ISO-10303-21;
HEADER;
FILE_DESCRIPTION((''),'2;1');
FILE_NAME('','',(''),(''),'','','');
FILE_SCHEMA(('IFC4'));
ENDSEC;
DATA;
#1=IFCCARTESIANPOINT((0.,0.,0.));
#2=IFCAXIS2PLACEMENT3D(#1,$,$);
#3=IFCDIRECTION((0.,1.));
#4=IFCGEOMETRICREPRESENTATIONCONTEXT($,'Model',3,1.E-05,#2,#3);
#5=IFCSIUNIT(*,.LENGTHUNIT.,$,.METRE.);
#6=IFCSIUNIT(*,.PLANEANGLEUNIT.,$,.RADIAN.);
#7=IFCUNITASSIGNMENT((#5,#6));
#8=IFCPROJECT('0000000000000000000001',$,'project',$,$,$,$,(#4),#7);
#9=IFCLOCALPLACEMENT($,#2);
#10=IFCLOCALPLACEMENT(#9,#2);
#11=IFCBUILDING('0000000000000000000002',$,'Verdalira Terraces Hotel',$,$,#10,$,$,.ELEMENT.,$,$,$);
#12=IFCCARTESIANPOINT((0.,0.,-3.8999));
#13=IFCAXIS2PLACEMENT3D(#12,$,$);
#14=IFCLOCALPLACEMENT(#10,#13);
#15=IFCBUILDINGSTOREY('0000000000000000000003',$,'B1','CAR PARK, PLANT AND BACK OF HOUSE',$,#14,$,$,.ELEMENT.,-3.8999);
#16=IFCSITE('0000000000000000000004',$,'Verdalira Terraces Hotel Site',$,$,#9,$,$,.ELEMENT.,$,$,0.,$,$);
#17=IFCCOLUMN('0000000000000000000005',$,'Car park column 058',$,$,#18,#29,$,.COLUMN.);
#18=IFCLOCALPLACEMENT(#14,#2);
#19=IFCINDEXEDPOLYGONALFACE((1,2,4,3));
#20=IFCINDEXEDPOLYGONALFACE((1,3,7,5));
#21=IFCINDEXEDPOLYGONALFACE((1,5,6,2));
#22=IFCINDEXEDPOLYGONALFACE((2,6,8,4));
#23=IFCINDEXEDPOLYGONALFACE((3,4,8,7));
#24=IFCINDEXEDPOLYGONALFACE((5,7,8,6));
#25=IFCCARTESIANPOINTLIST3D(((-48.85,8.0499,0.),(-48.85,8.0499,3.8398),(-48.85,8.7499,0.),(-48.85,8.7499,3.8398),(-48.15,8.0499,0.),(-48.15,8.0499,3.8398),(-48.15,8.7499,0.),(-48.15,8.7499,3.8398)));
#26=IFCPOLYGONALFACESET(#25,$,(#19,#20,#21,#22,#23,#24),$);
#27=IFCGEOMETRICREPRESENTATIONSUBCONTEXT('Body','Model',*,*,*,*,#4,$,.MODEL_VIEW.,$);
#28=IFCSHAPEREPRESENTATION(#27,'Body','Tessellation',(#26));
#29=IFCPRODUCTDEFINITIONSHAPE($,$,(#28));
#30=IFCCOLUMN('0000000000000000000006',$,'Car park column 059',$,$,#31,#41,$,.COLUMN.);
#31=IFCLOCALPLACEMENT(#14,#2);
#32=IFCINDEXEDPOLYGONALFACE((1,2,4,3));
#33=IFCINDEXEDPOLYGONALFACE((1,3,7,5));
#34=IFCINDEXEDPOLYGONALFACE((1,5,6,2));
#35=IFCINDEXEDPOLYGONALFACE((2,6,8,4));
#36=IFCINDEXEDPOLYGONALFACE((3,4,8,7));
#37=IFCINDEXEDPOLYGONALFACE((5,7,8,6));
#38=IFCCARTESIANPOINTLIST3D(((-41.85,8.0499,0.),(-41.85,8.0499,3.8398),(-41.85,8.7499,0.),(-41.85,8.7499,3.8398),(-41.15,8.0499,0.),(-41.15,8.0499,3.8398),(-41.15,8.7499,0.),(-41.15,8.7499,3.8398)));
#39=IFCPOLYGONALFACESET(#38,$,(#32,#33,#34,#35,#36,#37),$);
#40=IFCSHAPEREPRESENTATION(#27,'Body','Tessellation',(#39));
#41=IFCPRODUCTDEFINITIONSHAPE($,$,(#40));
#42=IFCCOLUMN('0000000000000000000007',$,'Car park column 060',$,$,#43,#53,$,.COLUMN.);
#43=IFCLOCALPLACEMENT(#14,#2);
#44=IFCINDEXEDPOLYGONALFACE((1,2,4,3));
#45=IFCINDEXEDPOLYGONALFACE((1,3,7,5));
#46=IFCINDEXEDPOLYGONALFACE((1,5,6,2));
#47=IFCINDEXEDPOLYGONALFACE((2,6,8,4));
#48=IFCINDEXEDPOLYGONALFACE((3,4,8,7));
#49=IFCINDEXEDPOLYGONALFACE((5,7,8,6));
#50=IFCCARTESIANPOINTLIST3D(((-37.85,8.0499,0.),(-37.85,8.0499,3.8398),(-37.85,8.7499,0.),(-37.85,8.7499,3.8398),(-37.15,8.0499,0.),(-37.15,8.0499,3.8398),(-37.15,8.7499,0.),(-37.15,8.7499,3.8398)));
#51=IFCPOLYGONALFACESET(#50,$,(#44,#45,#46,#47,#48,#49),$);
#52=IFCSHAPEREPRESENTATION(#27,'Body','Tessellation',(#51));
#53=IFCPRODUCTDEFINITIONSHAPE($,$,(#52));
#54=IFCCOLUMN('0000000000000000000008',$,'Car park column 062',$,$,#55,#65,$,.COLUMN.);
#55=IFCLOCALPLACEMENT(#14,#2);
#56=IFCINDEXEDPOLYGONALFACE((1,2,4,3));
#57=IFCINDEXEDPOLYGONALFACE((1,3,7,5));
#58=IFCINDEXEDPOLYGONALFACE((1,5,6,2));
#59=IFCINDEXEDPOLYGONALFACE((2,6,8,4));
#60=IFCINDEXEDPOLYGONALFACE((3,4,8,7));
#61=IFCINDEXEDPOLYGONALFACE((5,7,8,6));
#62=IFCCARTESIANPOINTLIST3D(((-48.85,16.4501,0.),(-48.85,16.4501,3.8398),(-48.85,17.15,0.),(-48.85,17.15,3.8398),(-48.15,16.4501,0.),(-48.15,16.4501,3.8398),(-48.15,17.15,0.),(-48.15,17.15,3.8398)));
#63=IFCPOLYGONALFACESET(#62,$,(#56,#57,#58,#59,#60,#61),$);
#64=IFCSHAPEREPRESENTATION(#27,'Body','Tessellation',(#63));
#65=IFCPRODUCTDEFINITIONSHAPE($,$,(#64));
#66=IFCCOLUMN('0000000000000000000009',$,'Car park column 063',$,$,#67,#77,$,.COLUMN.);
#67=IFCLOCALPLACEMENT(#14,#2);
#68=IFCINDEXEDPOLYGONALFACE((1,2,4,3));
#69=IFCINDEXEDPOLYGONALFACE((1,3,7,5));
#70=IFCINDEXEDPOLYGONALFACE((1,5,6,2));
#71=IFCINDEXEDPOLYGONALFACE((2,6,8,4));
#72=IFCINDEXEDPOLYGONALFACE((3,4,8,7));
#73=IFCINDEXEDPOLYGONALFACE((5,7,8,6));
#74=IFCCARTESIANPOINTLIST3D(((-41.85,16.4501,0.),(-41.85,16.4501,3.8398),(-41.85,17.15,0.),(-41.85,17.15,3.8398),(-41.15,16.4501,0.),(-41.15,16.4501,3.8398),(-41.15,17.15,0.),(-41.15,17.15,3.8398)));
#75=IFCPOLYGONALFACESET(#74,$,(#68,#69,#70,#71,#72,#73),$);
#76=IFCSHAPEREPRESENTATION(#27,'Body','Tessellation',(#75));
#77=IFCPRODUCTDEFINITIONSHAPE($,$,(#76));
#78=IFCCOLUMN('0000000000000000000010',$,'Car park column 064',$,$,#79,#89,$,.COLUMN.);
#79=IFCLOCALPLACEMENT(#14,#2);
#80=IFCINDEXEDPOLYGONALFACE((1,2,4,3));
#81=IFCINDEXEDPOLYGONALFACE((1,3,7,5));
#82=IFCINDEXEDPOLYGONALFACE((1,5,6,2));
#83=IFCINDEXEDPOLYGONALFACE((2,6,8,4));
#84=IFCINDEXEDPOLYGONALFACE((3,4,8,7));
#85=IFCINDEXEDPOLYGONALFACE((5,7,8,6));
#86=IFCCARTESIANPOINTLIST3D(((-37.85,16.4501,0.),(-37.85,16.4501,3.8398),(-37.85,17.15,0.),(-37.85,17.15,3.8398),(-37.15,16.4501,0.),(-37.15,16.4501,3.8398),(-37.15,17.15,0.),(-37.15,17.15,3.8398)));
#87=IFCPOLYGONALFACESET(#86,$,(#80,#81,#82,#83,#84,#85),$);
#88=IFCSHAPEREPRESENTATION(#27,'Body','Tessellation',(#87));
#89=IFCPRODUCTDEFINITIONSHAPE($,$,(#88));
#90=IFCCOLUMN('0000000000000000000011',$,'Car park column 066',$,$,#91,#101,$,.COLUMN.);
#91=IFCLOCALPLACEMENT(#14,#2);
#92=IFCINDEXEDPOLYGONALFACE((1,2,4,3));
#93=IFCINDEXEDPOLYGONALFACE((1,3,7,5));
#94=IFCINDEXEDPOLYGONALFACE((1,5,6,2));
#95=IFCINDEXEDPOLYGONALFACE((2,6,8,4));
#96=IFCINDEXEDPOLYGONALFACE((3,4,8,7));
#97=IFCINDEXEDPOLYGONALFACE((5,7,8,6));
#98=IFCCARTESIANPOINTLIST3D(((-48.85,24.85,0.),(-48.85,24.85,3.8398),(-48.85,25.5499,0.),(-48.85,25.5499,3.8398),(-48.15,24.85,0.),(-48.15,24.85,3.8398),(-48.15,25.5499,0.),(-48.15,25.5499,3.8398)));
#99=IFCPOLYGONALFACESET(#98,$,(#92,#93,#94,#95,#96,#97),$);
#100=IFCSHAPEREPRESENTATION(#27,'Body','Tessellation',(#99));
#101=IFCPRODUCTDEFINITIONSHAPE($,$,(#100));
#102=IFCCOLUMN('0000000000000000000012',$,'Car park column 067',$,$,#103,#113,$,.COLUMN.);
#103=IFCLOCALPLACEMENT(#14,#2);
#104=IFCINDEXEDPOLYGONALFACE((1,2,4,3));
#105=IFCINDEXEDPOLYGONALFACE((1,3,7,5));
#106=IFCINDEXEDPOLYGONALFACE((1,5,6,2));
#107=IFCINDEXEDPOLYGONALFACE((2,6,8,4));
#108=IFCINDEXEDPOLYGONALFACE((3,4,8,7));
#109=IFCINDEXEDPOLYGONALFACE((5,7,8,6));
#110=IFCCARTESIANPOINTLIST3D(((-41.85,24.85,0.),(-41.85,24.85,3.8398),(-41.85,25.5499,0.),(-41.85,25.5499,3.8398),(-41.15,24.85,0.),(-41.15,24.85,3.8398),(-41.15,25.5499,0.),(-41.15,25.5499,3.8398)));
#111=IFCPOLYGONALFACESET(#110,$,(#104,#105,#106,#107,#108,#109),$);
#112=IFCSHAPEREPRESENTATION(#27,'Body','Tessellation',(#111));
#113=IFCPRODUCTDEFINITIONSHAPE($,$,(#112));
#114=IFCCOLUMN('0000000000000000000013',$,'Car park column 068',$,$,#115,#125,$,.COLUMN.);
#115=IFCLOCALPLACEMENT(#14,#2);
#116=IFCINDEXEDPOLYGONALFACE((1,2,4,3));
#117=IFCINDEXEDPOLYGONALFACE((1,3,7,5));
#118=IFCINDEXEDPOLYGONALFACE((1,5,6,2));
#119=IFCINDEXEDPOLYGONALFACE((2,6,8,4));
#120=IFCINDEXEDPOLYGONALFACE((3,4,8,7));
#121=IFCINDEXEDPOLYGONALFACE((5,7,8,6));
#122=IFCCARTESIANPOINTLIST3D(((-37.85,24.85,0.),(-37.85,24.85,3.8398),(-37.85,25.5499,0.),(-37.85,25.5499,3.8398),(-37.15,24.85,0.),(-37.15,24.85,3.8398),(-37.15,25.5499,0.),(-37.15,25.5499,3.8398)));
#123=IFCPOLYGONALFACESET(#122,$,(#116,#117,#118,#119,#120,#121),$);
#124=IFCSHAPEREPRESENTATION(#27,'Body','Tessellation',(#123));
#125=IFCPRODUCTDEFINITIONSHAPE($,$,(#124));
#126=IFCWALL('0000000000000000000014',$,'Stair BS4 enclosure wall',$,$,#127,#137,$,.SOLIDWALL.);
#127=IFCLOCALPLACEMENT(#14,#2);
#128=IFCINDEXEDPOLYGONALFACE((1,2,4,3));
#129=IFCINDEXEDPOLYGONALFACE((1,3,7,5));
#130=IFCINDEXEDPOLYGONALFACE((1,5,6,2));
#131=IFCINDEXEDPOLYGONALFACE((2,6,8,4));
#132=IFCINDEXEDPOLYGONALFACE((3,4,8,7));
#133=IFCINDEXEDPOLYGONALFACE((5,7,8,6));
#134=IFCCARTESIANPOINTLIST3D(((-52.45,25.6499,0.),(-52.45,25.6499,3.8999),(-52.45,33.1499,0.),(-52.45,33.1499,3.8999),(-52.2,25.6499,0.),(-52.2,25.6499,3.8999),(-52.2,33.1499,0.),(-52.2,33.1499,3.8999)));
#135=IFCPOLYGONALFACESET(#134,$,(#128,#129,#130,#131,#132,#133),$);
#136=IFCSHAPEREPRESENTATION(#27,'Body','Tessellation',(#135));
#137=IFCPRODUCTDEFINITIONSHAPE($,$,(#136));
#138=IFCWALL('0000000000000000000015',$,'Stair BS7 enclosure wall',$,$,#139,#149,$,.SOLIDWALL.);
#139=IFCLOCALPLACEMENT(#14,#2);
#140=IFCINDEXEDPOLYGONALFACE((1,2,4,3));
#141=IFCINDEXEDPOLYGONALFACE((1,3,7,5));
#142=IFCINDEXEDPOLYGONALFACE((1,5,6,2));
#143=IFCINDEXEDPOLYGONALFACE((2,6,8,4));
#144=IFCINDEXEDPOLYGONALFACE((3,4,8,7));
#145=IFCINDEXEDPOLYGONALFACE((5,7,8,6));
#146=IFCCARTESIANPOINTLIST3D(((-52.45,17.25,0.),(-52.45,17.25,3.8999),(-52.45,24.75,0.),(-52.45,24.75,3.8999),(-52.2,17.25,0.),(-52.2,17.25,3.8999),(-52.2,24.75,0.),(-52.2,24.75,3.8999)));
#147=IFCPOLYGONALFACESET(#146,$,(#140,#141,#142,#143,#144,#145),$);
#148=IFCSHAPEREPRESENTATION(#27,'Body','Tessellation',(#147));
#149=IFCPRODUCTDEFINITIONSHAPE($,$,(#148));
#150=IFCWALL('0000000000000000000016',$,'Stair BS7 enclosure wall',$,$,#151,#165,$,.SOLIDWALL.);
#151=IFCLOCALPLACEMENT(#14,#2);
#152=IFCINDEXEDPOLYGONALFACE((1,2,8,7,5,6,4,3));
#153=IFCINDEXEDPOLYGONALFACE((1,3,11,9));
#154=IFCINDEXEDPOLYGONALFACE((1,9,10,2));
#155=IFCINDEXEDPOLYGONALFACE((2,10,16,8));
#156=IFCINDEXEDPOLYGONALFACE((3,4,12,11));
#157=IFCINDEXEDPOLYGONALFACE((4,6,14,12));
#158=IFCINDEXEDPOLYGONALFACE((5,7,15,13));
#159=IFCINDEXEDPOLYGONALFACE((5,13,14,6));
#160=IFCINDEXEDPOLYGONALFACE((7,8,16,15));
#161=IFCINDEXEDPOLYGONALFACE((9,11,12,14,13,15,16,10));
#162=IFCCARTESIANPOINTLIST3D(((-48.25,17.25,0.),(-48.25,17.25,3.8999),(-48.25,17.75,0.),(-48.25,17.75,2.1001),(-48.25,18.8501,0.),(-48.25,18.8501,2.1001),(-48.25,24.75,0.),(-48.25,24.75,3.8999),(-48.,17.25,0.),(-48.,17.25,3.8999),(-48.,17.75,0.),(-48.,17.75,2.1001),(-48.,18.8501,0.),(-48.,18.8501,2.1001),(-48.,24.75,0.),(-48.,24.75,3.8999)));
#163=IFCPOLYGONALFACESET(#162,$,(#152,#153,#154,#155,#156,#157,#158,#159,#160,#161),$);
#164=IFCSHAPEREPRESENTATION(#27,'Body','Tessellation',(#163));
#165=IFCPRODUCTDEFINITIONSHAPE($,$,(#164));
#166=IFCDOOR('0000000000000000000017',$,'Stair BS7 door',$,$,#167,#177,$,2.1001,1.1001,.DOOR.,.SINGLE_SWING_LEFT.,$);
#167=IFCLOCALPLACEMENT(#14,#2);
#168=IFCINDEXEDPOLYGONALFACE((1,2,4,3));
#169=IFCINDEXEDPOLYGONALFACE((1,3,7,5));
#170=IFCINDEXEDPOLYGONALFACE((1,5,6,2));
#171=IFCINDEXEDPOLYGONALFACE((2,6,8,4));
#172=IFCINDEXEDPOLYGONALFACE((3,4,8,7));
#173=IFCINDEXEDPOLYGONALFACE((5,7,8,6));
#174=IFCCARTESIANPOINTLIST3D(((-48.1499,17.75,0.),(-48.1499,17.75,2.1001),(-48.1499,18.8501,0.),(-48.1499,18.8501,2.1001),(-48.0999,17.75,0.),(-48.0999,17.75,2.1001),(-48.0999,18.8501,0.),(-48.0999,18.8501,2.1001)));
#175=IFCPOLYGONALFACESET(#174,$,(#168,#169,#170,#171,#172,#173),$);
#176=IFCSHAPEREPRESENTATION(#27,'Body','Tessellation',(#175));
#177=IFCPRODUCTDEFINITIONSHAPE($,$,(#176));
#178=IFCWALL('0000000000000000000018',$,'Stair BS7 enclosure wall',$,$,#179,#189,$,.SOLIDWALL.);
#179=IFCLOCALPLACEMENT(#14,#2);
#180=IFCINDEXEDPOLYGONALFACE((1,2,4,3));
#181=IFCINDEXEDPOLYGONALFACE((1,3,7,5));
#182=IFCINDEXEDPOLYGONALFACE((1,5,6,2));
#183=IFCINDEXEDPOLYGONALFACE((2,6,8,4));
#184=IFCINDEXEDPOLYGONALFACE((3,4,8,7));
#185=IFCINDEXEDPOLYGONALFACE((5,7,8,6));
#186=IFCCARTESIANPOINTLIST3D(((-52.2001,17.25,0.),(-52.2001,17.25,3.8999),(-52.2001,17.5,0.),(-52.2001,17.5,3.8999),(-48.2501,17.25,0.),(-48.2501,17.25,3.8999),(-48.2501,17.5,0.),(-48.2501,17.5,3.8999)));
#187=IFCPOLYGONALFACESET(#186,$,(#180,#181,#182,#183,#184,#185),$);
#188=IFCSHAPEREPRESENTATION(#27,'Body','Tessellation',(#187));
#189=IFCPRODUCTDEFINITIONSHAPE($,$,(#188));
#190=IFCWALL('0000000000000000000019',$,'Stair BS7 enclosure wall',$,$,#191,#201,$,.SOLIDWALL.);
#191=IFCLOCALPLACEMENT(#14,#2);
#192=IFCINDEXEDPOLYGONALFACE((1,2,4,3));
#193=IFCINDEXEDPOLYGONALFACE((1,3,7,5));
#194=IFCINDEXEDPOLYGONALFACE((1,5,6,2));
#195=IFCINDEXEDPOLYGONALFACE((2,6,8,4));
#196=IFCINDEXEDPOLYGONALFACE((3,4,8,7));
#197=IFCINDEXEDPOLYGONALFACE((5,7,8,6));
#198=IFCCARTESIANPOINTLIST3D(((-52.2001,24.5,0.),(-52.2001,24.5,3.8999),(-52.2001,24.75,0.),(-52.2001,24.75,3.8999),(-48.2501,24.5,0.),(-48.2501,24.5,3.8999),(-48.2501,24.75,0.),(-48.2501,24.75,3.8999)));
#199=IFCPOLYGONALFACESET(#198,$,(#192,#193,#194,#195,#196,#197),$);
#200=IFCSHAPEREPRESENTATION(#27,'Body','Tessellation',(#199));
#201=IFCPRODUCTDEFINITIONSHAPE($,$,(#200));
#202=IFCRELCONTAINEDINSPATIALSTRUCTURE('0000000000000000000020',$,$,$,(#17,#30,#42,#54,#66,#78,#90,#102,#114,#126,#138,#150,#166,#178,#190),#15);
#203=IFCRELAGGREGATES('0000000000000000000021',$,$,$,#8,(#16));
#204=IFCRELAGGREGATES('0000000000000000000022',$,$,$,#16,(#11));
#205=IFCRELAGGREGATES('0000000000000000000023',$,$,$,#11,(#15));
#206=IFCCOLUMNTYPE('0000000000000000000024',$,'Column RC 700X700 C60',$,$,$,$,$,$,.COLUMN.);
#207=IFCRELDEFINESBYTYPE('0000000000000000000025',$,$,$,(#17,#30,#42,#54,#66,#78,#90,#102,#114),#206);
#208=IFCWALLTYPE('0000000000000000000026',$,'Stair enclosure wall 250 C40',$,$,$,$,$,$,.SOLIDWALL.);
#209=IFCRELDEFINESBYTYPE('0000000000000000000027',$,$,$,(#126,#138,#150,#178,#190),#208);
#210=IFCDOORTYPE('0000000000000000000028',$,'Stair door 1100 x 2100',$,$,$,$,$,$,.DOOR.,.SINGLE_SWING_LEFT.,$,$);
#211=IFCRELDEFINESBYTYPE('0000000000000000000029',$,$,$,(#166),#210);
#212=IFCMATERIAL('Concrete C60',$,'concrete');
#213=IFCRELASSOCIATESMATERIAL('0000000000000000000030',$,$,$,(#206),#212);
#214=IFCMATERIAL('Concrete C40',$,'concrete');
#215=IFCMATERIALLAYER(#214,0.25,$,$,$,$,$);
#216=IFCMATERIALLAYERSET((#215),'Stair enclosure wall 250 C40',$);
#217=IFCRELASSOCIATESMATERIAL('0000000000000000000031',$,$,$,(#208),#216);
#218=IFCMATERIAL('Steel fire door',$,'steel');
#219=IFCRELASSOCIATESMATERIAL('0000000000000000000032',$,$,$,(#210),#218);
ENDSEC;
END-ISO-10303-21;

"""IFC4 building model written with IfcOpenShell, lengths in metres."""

from ifc_helpers import new_model, si_unit, direction, frame, frame_2d, origin, origin_2d, place, context, subcontext, project, spatial, rectangle, extrude, material, layer, layer_set, material_profile, profile_set, type_object, element, fill, save


model = new_model("IFC4")

# Units and contexts
model_context = context("Model", 3, precision=1e-05, world=origin(), true_north=direction((0.0, 1.0)))
body_context = subcontext(model_context, "Body", "Model", "MODEL_VIEW")
ifc_project = project(units=[si_unit("LENGTHUNIT", "METRE"), si_unit("PLANEANGLEUNIT", "RADIAN")], contexts=[model_context])

# Site, building, storey
site_placement = place(None, origin())
site = spatial("IfcSite", under=ifc_project, at=site_placement, Name="Verdalira Terraces Hotel Site", CompositionType="ELEMENT", RefElevation=0.0)
building_placement = place(site_placement, origin())
building = spatial("IfcBuilding", under=site, at=building_placement, Name="Verdalira Terraces Hotel", CompositionType="ELEMENT")
storey_placement = place(building_placement, frame((0.0, 0.0, -3.8999)))
storey = spatial("IfcBuildingStorey", under=building, at=storey_placement, Name="B1", Description="CAR PARK, PLANT AND BACK OF HOUSE", CompositionType="ELEMENT", Elevation=-3.8999)

# Columns
ifc_material_1 = material(Name="Concrete C60", Category="concrete")
ifc_material_profile = material_profile(ifc_material_1, rectangle(XDim=0.7, YDim=0.7, at=origin_2d()), Name="RC 700X700")
ifc_profile_set = profile_set([ifc_material_profile], Name="Concrete C60")
column_type = type_object("IfcColumnType", Name="Column RC 700X700 C60", PredefinedType="COLUMN", material=ifc_profile_set)
for number, where, z_axis, x_axis, name in (
    (1, (-48.5, 8.3999, 0.0), (0.0, 0.0, 1.0), (1.0, 0.0, 0.0), "Car park column 058"),
    (2, (-41.5, 8.3999, 0.0), (0.0, 0.0, 1.0), (1.0, 0.0, 0.0), "Car park column 059"),
    (3, (-37.5, 8.3999, 0.0), (0.0, 0.0, 1.0), (1.0, 0.0, 0.0), "Car park column 060"),
    (4, (-48.5, 16.8, 0.0), (0.0, 0.0, 1.0), (1.0, 0.0, 0.0), "Car park column 062"),
    (5, (-41.5, 16.8, 0.0), (0.0, 0.0, 1.0), (1.0, 0.0, 0.0), "Car park column 063"),
    (6, (-37.5, 16.8, 0.0), (0.0, 0.0, 1.0), (1.0, 0.0, 0.0), "Car park column 064"),
    (7, (-48.5, 25.2, 0.0), (0.0, 0.0, 1.0), (1.0, 0.0, 0.0), "Car park column 066"),
    (8, (-41.5, 25.2, 0.0), (0.0, 0.0, 1.0), (1.0, 0.0, 0.0), "Car park column 067"),
    (9, (-37.5, 25.2, 0.0), (0.0, 0.0, 1.0), (1.0, 0.0, 0.0), "Car park column 068"),
):
    element("IfcColumn", number, at=place(storey_placement, frame(where, z_axis=z_axis, x_axis=x_axis)), inside=storey, type_object=column_type, Name=name, PredefinedType="COLUMN", context=body_context, shape_type="SweptSolid", body=[
        extrude(rectangle(XDim=0.7, YDim=0.7, at=origin_2d()), origin(), (0.0, 0.0, 1.0), 3.8398),
    ])

# Walls
ifc_material_2 = material(Name="Concrete C40", Category="concrete")
ifc_layer = layer(ifc_material_2, 0.25)
ifc_layer_set = layer_set([ifc_layer], Name="Stair enclosure wall 250 C40")
wall_type = type_object("IfcWallType", Name="Stair enclosure wall 250 C40", PredefinedType="SOLIDWALL", material=ifc_layer_set)
for number, where, z_axis, x_axis, name in (
    (10, (-52.325, 25.6499, 0.0), (0.0, 0.0, 1.0), (0.0, 1.0, 0.0), "Stair BS4 enclosure wall"),
    (11, (-52.325, 17.25, 0.0), (0.0, 0.0, 1.0), (0.0, 1.0, 0.0), "Stair BS7 enclosure wall"),
):
    element("IfcWall", number, at=place(storey_placement, frame(where, z_axis=z_axis, x_axis=x_axis)), inside=storey, type_object=wall_type, Name=name, PredefinedType="SOLIDWALL", context=body_context, shape_type="SweptSolid", body=[
        extrude(rectangle(XDim=7.5, YDim=0.25, at=frame_2d((3.75, 0.0))), origin(), (0.0, 0.0, 1.0), 3.8999),
    ])

# Wall, opening, door
wall_placement = place(storey_placement, frame((-48.125, 17.25, 0.0), z_axis=(0.0, 0.0, 1.0), x_axis=(0.0, 1.0, 0.0)))
wall = element("IfcWall", 12, at=wall_placement, inside=storey, type_object=wall_type, Name="Stair BS7 enclosure wall", PredefinedType="SOLIDWALL", context=body_context, shape_type="SweptSolid", body=[
    extrude(rectangle(XDim=7.5, YDim=0.25, at=frame_2d((3.75, 0.0))), origin(), (0.0, 0.0, 1.0), 3.8999),
])
opening_placement = place(wall_placement, frame((0.5, 0.0, 0.0)))
opening = element("IfcOpeningElement", 13, at=opening_placement, cuts=wall, PredefinedType="OPENING", context=body_context, shape_type="SweptSolid", body=[
    extrude(rectangle(XDim=1.1001, YDim=2.1001, at=frame_2d((0.55, 1.05))), frame((0.0, 0.135, 0.0), z_axis=(0.0, -1.0, 0.0), x_axis=(1.0, 0.0, 0.0)), (0.0, 0.0, 1.0), 0.27),
])
ifc_material_3 = material(Name="Steel fire door", Category="steel")
door_type = type_object("IfcDoorType", Name="Stair door 1100 x 2100", OperationType="SINGLE_SWING_LEFT", PredefinedType="DOOR", material=ifc_material_3)
door_placement = place(opening_placement, origin())
door = element("IfcDoor", 14, at=door_placement, inside=storey, type_object=door_type, Name="Stair BS7 door", OperationType="SINGLE_SWING_LEFT", OverallHeight=2.1001, OverallWidth=1.1001, PredefinedType="DOOR", context=body_context, shape_type="SweptSolid", body=[
    extrude(rectangle(XDim=1.1001, YDim=2.1001, at=frame_2d((0.55, 1.05))), frame((0.0, 0.0249, 0.0), z_axis=(0.0, -1.0, 0.0), x_axis=(1.0, 0.0, 0.0)), (0.0, 0.0, 1.0), 0.05),
])
fill(opening, door)

# Walls
for number, where, z_axis, x_axis, name in (
    (15, (-48.25, 17.375, 0.0), (0.0, 0.0, 1.0), (-1.0, 0.0, 0.0), "Stair BS7 enclosure wall"),
    (16, (-48.25, 24.625, 0.0), (0.0, 0.0, 1.0), (-1.0, 0.0, 0.0), "Stair BS7 enclosure wall"),
):
    element("IfcWall", number, at=place(storey_placement, frame(where, z_axis=z_axis, x_axis=x_axis)), inside=storey, type_object=wall_type, Name=name, PredefinedType="SOLIDWALL", context=body_context, shape_type="SweptSolid", body=[
        extrude(rectangle(XDim=3.95, YDim=0.25, at=frame_2d((1.9751, 0.0))), origin(), (0.0, 0.0, 1.0), 3.8999),
    ])

save(model, "model.ifc")
